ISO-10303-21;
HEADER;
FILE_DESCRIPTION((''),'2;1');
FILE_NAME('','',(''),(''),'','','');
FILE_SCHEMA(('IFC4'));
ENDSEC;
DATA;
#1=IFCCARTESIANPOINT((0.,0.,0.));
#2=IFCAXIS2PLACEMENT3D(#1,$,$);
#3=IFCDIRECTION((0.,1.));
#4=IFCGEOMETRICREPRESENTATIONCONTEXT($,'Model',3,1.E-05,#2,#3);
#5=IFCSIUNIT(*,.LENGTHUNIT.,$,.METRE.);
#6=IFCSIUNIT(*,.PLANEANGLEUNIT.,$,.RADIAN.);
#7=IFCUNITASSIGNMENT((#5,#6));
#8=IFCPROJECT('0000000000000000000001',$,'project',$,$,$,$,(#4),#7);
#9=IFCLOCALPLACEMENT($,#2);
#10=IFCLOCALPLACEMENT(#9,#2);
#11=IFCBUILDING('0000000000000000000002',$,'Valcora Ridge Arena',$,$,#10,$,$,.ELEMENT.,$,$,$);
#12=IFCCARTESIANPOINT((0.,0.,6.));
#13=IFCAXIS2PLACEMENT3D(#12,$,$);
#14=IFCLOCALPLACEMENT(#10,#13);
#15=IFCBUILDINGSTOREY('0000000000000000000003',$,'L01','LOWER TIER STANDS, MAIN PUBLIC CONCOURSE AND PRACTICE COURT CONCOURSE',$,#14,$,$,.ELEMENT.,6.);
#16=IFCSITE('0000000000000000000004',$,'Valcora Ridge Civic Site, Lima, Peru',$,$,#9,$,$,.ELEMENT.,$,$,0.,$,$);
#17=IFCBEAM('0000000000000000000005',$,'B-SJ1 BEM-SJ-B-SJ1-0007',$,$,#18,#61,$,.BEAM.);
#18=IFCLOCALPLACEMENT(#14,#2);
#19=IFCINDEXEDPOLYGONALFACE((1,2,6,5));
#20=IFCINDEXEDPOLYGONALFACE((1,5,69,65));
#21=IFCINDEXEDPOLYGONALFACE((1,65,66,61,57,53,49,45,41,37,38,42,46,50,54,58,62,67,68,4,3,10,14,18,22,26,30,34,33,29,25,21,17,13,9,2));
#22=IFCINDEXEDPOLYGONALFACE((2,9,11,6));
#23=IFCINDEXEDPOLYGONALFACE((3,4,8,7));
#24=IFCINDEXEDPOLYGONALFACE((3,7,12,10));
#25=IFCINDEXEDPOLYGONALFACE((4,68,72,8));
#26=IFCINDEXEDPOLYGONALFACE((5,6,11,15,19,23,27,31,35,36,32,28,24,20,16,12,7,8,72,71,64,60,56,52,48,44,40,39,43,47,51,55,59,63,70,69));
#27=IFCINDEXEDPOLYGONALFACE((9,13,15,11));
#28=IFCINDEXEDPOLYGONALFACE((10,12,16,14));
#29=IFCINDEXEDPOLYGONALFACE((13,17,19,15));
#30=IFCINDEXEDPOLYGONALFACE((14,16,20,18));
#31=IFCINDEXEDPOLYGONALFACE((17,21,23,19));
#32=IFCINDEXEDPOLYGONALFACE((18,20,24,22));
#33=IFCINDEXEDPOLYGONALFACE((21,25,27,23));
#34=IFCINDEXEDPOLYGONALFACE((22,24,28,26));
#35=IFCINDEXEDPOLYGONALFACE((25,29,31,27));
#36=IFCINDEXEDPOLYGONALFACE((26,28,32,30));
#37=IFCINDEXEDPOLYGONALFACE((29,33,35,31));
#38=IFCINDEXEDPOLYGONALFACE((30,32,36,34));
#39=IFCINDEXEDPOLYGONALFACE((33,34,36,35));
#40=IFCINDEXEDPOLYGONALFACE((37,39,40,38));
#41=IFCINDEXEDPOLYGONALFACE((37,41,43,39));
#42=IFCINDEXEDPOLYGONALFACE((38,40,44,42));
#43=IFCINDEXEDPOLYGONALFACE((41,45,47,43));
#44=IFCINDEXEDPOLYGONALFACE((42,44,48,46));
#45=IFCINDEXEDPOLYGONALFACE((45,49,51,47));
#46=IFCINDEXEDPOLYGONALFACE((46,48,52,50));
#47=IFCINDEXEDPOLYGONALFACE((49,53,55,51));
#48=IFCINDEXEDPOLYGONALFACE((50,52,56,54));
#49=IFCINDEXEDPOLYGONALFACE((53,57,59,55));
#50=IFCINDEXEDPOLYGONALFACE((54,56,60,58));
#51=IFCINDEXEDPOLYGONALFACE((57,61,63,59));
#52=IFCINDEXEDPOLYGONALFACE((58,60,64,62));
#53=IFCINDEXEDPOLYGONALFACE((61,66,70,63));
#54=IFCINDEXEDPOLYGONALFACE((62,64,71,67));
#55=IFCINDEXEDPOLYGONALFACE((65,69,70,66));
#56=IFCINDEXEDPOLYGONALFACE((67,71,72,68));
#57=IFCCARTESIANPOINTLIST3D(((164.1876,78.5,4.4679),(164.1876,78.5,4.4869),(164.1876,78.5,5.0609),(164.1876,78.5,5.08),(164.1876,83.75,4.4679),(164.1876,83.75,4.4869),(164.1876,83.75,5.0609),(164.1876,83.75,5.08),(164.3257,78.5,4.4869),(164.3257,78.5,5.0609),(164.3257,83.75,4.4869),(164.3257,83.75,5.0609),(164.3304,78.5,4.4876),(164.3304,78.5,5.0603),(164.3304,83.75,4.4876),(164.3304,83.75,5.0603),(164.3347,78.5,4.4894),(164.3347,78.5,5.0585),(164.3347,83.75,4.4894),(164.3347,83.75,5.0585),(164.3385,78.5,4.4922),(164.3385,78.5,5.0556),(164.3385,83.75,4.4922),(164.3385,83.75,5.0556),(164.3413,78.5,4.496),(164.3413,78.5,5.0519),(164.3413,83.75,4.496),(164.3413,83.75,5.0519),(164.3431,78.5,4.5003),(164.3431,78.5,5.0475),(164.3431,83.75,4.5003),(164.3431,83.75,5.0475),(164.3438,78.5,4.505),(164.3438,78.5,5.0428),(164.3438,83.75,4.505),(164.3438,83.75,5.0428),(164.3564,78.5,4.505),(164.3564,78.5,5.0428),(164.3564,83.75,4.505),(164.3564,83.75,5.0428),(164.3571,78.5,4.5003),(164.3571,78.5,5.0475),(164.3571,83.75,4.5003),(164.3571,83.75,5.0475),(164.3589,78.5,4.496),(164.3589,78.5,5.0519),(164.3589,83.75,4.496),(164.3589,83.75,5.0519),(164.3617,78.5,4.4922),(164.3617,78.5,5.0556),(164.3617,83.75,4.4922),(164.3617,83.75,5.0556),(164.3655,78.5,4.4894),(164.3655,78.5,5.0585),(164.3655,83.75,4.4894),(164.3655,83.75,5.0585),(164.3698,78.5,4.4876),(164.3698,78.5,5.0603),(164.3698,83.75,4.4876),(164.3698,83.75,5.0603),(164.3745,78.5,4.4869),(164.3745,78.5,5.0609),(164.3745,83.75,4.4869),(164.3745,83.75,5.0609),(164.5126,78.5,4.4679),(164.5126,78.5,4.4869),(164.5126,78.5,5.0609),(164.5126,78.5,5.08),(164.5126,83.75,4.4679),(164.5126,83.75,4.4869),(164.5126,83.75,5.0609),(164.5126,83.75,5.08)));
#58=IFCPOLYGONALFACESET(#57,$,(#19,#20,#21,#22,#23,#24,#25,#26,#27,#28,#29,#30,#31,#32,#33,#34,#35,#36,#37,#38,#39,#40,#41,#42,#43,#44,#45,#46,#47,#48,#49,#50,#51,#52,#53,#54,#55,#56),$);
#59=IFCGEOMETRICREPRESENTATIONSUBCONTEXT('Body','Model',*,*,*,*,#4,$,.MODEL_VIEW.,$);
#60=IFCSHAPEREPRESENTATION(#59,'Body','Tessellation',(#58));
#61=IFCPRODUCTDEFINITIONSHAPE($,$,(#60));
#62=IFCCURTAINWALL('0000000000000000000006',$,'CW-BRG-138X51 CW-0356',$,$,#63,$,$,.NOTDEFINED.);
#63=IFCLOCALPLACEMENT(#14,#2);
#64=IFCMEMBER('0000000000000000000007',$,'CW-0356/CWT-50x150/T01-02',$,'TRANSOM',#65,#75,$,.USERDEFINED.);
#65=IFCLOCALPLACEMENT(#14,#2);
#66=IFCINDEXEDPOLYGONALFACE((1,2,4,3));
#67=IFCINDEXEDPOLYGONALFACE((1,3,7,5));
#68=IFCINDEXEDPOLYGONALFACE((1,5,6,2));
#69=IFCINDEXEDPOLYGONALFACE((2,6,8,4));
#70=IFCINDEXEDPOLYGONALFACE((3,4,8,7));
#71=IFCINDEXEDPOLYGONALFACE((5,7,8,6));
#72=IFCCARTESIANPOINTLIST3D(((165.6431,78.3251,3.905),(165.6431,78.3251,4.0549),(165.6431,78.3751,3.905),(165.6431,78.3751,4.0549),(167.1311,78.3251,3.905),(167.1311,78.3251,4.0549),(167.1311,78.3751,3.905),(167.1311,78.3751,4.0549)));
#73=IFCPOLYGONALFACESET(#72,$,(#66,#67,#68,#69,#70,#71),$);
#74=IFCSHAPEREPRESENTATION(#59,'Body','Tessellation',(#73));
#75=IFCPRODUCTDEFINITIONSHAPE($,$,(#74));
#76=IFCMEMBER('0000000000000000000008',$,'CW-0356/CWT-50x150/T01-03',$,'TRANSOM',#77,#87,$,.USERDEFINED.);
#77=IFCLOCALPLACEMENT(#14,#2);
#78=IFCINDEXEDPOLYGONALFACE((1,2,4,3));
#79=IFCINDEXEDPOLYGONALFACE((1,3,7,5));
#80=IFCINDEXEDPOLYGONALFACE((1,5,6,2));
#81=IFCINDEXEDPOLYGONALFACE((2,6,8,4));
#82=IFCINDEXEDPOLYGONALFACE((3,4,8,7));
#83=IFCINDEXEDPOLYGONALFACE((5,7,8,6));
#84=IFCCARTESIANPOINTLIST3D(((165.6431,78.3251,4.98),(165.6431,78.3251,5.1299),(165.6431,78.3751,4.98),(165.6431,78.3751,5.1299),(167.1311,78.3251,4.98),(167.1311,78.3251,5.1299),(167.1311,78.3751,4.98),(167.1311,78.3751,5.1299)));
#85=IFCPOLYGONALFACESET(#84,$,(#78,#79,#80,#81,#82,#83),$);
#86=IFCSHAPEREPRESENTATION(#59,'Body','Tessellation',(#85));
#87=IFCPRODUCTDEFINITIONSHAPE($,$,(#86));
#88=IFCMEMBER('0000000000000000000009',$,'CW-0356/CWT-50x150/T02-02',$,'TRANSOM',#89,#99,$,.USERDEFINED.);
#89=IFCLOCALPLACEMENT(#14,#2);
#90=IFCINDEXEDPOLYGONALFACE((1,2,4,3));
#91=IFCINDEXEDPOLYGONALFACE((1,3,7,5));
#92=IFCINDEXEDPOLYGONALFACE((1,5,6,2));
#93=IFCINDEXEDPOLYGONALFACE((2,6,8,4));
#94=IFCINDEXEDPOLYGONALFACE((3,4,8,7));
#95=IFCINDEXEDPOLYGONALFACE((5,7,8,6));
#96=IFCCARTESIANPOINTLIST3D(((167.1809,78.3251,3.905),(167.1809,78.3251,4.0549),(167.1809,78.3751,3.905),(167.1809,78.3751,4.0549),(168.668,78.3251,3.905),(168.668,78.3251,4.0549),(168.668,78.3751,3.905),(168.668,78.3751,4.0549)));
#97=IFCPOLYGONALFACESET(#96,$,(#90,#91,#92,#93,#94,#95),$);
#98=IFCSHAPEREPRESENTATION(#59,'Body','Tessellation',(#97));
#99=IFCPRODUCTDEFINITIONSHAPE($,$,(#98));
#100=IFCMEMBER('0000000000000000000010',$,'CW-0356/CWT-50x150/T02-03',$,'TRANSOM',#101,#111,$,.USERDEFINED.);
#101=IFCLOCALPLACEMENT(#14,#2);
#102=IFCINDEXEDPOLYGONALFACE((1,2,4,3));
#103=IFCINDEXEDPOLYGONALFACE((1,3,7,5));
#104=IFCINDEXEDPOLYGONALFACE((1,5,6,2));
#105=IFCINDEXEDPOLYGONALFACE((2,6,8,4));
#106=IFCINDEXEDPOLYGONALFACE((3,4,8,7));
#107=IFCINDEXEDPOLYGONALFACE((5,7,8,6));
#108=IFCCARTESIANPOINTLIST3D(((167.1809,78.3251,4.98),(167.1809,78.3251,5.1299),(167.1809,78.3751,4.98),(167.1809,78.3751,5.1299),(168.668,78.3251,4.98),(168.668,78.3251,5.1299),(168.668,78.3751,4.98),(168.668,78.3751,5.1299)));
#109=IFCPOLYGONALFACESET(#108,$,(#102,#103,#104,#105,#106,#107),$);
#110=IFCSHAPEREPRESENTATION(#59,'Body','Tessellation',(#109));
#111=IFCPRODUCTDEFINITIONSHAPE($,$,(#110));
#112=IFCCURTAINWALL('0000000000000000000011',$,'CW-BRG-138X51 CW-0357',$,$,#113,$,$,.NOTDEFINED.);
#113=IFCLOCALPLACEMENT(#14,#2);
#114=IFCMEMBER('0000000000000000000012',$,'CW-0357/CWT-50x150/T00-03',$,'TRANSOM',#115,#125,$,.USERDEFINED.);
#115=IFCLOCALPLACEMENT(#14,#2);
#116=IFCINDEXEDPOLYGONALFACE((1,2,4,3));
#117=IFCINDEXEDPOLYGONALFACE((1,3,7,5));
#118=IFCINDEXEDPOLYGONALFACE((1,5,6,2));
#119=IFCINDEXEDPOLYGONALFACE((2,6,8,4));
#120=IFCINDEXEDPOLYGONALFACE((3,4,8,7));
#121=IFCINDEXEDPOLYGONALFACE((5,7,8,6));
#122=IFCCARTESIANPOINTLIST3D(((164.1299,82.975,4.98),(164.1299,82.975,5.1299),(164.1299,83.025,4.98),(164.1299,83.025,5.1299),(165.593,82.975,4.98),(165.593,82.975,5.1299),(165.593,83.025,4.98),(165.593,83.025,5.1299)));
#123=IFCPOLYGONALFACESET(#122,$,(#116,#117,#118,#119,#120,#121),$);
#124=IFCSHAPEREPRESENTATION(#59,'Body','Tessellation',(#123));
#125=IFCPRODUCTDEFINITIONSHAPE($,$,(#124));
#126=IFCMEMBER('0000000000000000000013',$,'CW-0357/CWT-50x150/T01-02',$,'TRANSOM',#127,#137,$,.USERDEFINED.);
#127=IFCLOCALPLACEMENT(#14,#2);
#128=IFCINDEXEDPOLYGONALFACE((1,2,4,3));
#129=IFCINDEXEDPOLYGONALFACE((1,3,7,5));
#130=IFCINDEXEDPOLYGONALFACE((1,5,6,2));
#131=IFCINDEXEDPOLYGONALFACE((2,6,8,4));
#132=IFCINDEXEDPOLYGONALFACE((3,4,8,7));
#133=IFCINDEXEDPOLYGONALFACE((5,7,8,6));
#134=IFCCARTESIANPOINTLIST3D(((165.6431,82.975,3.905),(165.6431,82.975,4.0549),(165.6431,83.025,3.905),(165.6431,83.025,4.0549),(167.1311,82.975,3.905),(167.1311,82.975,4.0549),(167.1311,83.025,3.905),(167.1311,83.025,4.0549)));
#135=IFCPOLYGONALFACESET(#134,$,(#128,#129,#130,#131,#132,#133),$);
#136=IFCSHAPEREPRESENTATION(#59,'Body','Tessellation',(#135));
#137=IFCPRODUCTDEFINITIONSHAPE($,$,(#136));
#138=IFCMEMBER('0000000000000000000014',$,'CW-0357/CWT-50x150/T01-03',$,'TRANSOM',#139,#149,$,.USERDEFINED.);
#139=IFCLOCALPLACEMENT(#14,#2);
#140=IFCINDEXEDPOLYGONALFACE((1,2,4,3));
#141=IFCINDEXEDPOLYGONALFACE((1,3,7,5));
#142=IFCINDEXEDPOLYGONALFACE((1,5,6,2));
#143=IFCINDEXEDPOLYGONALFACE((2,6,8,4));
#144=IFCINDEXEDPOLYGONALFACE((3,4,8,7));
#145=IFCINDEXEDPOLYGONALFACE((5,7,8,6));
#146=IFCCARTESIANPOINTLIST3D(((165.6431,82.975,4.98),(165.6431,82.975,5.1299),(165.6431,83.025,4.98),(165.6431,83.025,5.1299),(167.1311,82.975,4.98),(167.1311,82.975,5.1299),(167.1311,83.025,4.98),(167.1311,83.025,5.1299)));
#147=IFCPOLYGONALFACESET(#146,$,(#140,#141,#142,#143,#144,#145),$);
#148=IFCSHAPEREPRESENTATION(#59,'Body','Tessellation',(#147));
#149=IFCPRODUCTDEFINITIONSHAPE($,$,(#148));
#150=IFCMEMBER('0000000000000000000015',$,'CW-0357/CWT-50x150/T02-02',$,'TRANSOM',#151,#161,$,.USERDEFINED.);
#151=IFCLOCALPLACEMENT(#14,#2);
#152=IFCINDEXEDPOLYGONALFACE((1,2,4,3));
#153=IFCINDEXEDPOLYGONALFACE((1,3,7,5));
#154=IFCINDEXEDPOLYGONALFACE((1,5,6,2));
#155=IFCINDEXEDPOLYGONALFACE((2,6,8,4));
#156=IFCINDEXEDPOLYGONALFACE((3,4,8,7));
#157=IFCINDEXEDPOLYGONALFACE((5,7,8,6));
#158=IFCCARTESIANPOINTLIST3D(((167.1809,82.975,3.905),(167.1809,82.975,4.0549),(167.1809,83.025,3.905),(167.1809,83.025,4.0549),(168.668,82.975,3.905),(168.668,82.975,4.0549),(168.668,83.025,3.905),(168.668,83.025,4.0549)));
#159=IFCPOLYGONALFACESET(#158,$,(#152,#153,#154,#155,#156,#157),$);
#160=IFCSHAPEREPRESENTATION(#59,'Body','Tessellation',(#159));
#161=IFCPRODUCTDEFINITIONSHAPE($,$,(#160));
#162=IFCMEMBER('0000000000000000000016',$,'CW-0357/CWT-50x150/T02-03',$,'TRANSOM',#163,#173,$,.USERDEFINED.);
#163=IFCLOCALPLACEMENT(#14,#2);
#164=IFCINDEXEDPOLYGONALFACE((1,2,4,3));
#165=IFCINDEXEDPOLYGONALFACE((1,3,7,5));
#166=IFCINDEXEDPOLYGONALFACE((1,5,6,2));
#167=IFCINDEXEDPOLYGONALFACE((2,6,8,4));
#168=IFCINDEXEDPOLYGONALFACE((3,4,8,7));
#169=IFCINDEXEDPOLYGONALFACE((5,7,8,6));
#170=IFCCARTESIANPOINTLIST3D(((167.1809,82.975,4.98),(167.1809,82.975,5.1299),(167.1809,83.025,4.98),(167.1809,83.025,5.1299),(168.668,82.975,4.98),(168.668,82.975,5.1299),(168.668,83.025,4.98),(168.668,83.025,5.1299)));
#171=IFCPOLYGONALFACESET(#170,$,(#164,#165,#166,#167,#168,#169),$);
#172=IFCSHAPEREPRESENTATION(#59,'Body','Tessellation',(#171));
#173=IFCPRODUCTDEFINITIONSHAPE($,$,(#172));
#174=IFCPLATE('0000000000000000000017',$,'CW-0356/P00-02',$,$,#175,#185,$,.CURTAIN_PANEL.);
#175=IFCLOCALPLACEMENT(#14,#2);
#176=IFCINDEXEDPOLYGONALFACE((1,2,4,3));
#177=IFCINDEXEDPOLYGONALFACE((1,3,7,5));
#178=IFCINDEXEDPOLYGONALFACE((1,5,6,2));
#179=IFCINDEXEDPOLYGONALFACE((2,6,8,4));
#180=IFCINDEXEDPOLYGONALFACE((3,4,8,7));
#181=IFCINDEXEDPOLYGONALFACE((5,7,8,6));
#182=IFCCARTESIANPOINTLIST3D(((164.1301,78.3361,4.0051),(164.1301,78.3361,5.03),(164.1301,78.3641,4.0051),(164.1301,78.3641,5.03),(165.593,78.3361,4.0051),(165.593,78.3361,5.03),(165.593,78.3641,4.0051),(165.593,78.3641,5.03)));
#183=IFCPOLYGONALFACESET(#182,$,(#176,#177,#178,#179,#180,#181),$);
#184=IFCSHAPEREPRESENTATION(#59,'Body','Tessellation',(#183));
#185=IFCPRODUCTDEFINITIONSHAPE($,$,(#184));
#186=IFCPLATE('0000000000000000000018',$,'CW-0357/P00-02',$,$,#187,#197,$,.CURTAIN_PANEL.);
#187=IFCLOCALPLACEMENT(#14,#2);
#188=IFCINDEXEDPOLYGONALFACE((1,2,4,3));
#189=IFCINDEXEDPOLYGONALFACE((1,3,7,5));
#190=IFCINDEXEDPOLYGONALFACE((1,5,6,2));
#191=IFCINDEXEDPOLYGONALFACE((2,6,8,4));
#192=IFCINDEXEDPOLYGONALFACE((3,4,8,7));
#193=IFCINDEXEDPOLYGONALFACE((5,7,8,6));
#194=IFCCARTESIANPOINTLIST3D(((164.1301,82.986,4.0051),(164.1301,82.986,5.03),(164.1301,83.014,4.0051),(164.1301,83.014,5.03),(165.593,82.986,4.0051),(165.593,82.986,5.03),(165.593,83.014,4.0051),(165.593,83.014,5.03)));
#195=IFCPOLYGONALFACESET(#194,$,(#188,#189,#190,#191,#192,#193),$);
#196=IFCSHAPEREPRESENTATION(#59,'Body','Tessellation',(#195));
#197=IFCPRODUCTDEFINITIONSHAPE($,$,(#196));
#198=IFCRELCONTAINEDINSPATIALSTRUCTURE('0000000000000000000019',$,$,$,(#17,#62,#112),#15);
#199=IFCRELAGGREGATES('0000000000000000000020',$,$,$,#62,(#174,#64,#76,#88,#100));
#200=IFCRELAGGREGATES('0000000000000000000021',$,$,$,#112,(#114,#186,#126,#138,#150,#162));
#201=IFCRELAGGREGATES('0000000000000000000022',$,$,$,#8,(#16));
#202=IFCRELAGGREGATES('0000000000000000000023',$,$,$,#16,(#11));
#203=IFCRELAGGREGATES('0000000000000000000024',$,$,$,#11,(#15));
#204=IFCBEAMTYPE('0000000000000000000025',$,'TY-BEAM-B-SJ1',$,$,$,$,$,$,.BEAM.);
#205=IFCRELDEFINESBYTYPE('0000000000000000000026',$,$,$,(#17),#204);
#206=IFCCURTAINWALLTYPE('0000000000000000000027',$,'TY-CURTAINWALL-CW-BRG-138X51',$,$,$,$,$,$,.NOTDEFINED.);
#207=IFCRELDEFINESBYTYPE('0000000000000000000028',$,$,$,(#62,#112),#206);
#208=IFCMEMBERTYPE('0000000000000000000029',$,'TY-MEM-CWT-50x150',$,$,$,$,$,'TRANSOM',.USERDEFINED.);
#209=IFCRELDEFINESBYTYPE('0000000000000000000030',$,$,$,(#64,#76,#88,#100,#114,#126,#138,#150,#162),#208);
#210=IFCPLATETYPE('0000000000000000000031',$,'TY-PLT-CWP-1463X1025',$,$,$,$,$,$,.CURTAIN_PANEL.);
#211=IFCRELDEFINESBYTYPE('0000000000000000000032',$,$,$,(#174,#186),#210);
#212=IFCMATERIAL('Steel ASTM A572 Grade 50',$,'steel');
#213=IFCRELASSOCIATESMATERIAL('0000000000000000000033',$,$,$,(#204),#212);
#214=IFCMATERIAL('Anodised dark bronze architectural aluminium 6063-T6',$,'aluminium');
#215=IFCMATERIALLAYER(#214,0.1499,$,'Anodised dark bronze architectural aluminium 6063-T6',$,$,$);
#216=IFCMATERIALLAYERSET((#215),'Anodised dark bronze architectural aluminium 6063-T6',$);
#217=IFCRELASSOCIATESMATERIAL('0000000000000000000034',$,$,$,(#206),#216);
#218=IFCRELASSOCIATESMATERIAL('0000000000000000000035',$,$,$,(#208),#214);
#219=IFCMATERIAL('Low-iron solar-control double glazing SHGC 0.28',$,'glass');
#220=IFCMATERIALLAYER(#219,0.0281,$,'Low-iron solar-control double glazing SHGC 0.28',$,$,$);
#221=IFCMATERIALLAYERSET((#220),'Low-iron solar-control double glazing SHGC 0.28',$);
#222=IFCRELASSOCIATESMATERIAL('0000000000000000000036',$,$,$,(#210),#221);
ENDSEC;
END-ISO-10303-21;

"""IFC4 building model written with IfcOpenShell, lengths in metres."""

from ifc_helpers import new_model, si_unit, direction, frame, origin, origin_2d, place, context, subcontext, project, spatial, rectangle, i_section, extrude, material, layer, layer_set, material_profile, profile_set, type_object, element, aggregate, save


model = new_model("IFC4")

# Units and contexts
model_context = context("Model", 3, precision=1e-05, world=origin(), true_north=direction((0.0, 1.0)))
body_context = subcontext(model_context, "Body", "Model", "MODEL_VIEW")
ifc_project = project(units=[si_unit("LENGTHUNIT", "METRE"), si_unit("PLANEANGLEUNIT", "RADIAN")], contexts=[model_context])

# Site, building, storey
site_placement = place(None, origin())
site = spatial("IfcSite", under=ifc_project, at=site_placement, Name="Valcora Ridge Civic Site, Lima, Peru", CompositionType="ELEMENT", RefElevation=0.0)
building_placement = place(site_placement, origin())
building = spatial("IfcBuilding", under=site, at=building_placement, Name="Valcora Ridge Arena", CompositionType="ELEMENT")
storey_placement = place(building_placement, frame((0.0, 0.0, 6.0)))
storey = spatial("IfcBuildingStorey", under=building, at=storey_placement, Name="L01", Description="LOWER TIER STANDS, MAIN PUBLIC CONCOURSE AND PRACTICE COURT CONCOURSE", CompositionType="ELEMENT", Elevation=6.0)

# Beam
ifc_material_1 = material(Name="Steel ASTM A572 Grade 50", Category="steel")
ifc_material_profile_1 = material_profile(ifc_material_1, i_section(OverallWidth=0.325, OverallDepth=0.6121, WebThickness=0.0127, FlangeThickness=0.019, FilletRadius=0.0181, at=origin_2d()), Name="W24X104")
ifc_profile_set_1 = profile_set([ifc_material_profile_1], Name="Steel ASTM A572 Grade 50")
beam_type = type_object("IfcBeamType", Name="TY-BEAM-B-SJ1", PredefinedType="BEAM", material=ifc_profile_set_1)
beam_placement = place(storey_placement, frame((164.3501, 78.5, 4.7739), z_axis=(0.0, 1.0, 0.0), x_axis=(-1.0, 0.0, 0.0)))
element("IfcBeam", 1, at=beam_placement, inside=storey, type_object=beam_type, Name="B-SJ1 BEM-SJ-B-SJ1-0007", PredefinedType="BEAM", context=body_context, shape_type="SweptSolid", body=[
    extrude(i_section(OverallWidth=0.325, OverallDepth=0.6121, WebThickness=0.0127, FlangeThickness=0.019, FilletRadius=0.0181, at=origin_2d()), origin(), (0.0, 0.0, 1.0), 5.25),
])

# Curtain walls, members
ifc_material_2 = material(Name="Anodised dark bronze architectural aluminium 6063-T6", Category="aluminium")
ifc_layer_1 = layer(ifc_material_2, 0.1499, Name="Anodised dark bronze architectural aluminium 6063-T6")
ifc_layer_set_1 = layer_set([ifc_layer_1], Name="Anodised dark bronze architectural aluminium 6063-T6")
curtain_wall_type = type_object("IfcCurtainWallType", Name="TY-CURTAINWALL-CW-BRG-138X51", PredefinedType="NOTDEFINED", material=ifc_layer_set_1)
curtain_wall_1_placement = place(storey_placement, origin())
curtain_wall_1 = element("IfcCurtainWall", 2, at=curtain_wall_1_placement, inside=storey, type_object=curtain_wall_type, Name="CW-BRG-138X51 CW-0356", PredefinedType="NOTDEFINED")
ifc_material_profile_2 = material_profile(ifc_material_2, rectangle(XDim=0.05, YDim=0.1499, at=origin_2d()), Name="ALU TRANSOM 50x150")
ifc_profile_set_2 = profile_set([ifc_material_profile_2], Name="Anodised dark bronze architectural aluminium 6063-T6")
member_type = type_object("IfcMemberType", Name="TY-MEM-CWT-50x150", ElementType="TRANSOM", PredefinedType="USERDEFINED", material=ifc_profile_set_2)
member_1_placement = place(storey_placement, frame((165.6431, 78.3501, 3.98), z_axis=(1.0, 0.0, 0.0), x_axis=(0.0, 1.0, 0.0)))
member_1 = element("IfcMember", 3, at=member_1_placement, type_object=member_type, Name="CW-0356/CWT-50x150/T01-02", ObjectType="TRANSOM", PredefinedType="USERDEFINED", context=body_context, shape_type="SweptSolid", body=[
    extrude(rectangle(XDim=0.05, YDim=0.1499, at=origin_2d()), origin(), (0.0, 0.0, 1.0), 1.488),
])
member_2_placement = place(storey_placement, frame((165.6431, 78.3501, 5.0549), z_axis=(1.0, 0.0, 0.0), x_axis=(0.0, 1.0, 0.0)))
member_2 = element("IfcMember", 4, at=member_2_placement, type_object=member_type, Name="CW-0356/CWT-50x150/T01-03", ObjectType="TRANSOM", PredefinedType="USERDEFINED", context=body_context, shape_type="SweptSolid", body=[
    extrude(rectangle(XDim=0.05, YDim=0.1499, at=origin_2d()), origin(), (0.0, 0.0, 1.0), 1.488),
])
member_3_placement = place(storey_placement, frame((167.1809, 78.3501, 3.98), z_axis=(1.0, 0.0, 0.0), x_axis=(0.0, 1.0, 0.0)))
member_3 = element("IfcMember", 5, at=member_3_placement, type_object=member_type, Name="CW-0356/CWT-50x150/T02-02", ObjectType="TRANSOM", PredefinedType="USERDEFINED", context=body_context, shape_type="SweptSolid", body=[
    extrude(rectangle(XDim=0.05, YDim=0.1499, at=origin_2d()), origin(), (0.0, 0.0, 1.0), 1.4871),
])
member_4_placement = place(storey_placement, frame((167.1809, 78.3501, 5.0549), z_axis=(1.0, 0.0, 0.0), x_axis=(0.0, 1.0, 0.0)))
member_4 = element("IfcMember", 6, at=member_4_placement, type_object=member_type, Name="CW-0356/CWT-50x150/T02-03", ObjectType="TRANSOM", PredefinedType="USERDEFINED", context=body_context, shape_type="SweptSolid", body=[
    extrude(rectangle(XDim=0.05, YDim=0.1499, at=origin_2d()), origin(), (0.0, 0.0, 1.0), 1.4871),
])
curtain_wall_2_placement = place(storey_placement, origin())
curtain_wall_2 = element("IfcCurtainWall", 7, at=curtain_wall_2_placement, inside=storey, type_object=curtain_wall_type, Name="CW-BRG-138X51 CW-0357", PredefinedType="NOTDEFINED")
member_5_placement = place(storey_placement, frame((164.1299, 83.0, 5.0549), z_axis=(1.0, 0.0, 0.0), x_axis=(0.0, 1.0, 0.0)))
member_5 = element("IfcMember", 8, at=member_5_placement, type_object=member_type, Name="CW-0357/CWT-50x150/T00-03", ObjectType="TRANSOM", PredefinedType="USERDEFINED", context=body_context, shape_type="SweptSolid", body=[
    extrude(rectangle(XDim=0.05, YDim=0.1499, at=origin_2d()), origin(), (0.0, 0.0, 1.0), 1.4631),
])
member_6_placement = place(storey_placement, frame((165.6431, 83.0, 3.98), z_axis=(1.0, 0.0, 0.0), x_axis=(0.0, 1.0, 0.0)))
member_6 = element("IfcMember", 9, at=member_6_placement, type_object=member_type, Name="CW-0357/CWT-50x150/T01-02", ObjectType="TRANSOM", PredefinedType="USERDEFINED", context=body_context, shape_type="SweptSolid", body=[
    extrude(rectangle(XDim=0.05, YDim=0.1499, at=origin_2d()), origin(), (0.0, 0.0, 1.0), 1.488),
])
member_7_placement = place(storey_placement, frame((165.6431, 83.0, 5.0549), z_axis=(1.0, 0.0, 0.0), x_axis=(0.0, 1.0, 0.0)))
member_7 = element("IfcMember", 10, at=member_7_placement, type_object=member_type, Name="CW-0357/CWT-50x150/T01-03", ObjectType="TRANSOM", PredefinedType="USERDEFINED", context=body_context, shape_type="SweptSolid", body=[
    extrude(rectangle(XDim=0.05, YDim=0.1499, at=origin_2d()), origin(), (0.0, 0.0, 1.0), 1.488),
])
member_8_placement = place(storey_placement, frame((167.1809, 83.0, 3.98), z_axis=(1.0, 0.0, 0.0), x_axis=(0.0, 1.0, 0.0)))
member_8 = element("IfcMember", 11, at=member_8_placement, type_object=member_type, Name="CW-0357/CWT-50x150/T02-02", ObjectType="TRANSOM", PredefinedType="USERDEFINED", context=body_context, shape_type="SweptSolid", body=[
    extrude(rectangle(XDim=0.05, YDim=0.1499, at=origin_2d()), origin(), (0.0, 0.0, 1.0), 1.4871),
])
member_9_placement = place(storey_placement, frame((167.1809, 83.0, 5.0549), z_axis=(1.0, 0.0, 0.0), x_axis=(0.0, 1.0, 0.0)))
member_9 = element("IfcMember", 12, at=member_9_placement, type_object=member_type, Name="CW-0357/CWT-50x150/T02-03", ObjectType="TRANSOM", PredefinedType="USERDEFINED", context=body_context, shape_type="SweptSolid", body=[
    extrude(rectangle(XDim=0.05, YDim=0.1499, at=origin_2d()), origin(), (0.0, 0.0, 1.0), 1.4871),
])

# Plates
ifc_material_3 = material(Name="Low-iron solar-control double glazing SHGC 0.28", Category="glass")
ifc_layer_2 = layer(ifc_material_3, 0.0281, Name="Low-iron solar-control double glazing SHGC 0.28")
ifc_layer_set_2 = layer_set([ifc_layer_2], Name="Low-iron solar-control double glazing SHGC 0.28")
plate_type_1 = type_object("IfcPlateType", Name="TY-PLT-CWP-1463X1025", PredefinedType="CURTAIN_PANEL", material=ifc_layer_set_2)
plate_1_placement = place(storey_placement, frame((164.8616, 78.3501, 4.0051), z_axis=(0.0, 0.0, 1.0), x_axis=(1.0, 0.0, 0.0)))
plate_1 = element("IfcPlate", 13, at=plate_1_placement, type_object=plate_type_1, Name="CW-0356/P00-02", PredefinedType="CURTAIN_PANEL", context=body_context, shape_type="SweptSolid", body=[
    extrude(rectangle(XDim=1.4629, YDim=0.0281, at=origin_2d()), origin(), (0.0, 0.0, 1.0), 1.0249),
])
plate_2_placement = place(storey_placement, frame((164.8616, 83.0, 4.0051), z_axis=(0.0, 0.0, 1.0), x_axis=(1.0, 0.0, 0.0)))
plate_2 = element("IfcPlate", 14, at=plate_2_placement, type_object=plate_type_1, Name="CW-0357/P00-02", PredefinedType="CURTAIN_PANEL", context=body_context, shape_type="SweptSolid", body=[
    extrude(rectangle(XDim=1.4629, YDim=0.0281, at=origin_2d()), origin(), (0.0, 0.0, 1.0), 1.0249),
])
aggregate(curtain_wall_1, [plate_1, member_1, member_2, member_3, member_4])
aggregate(curtain_wall_2, [member_5, plate_2, member_6, member_7, member_8, member_9])

save(model, "model.ifc")
